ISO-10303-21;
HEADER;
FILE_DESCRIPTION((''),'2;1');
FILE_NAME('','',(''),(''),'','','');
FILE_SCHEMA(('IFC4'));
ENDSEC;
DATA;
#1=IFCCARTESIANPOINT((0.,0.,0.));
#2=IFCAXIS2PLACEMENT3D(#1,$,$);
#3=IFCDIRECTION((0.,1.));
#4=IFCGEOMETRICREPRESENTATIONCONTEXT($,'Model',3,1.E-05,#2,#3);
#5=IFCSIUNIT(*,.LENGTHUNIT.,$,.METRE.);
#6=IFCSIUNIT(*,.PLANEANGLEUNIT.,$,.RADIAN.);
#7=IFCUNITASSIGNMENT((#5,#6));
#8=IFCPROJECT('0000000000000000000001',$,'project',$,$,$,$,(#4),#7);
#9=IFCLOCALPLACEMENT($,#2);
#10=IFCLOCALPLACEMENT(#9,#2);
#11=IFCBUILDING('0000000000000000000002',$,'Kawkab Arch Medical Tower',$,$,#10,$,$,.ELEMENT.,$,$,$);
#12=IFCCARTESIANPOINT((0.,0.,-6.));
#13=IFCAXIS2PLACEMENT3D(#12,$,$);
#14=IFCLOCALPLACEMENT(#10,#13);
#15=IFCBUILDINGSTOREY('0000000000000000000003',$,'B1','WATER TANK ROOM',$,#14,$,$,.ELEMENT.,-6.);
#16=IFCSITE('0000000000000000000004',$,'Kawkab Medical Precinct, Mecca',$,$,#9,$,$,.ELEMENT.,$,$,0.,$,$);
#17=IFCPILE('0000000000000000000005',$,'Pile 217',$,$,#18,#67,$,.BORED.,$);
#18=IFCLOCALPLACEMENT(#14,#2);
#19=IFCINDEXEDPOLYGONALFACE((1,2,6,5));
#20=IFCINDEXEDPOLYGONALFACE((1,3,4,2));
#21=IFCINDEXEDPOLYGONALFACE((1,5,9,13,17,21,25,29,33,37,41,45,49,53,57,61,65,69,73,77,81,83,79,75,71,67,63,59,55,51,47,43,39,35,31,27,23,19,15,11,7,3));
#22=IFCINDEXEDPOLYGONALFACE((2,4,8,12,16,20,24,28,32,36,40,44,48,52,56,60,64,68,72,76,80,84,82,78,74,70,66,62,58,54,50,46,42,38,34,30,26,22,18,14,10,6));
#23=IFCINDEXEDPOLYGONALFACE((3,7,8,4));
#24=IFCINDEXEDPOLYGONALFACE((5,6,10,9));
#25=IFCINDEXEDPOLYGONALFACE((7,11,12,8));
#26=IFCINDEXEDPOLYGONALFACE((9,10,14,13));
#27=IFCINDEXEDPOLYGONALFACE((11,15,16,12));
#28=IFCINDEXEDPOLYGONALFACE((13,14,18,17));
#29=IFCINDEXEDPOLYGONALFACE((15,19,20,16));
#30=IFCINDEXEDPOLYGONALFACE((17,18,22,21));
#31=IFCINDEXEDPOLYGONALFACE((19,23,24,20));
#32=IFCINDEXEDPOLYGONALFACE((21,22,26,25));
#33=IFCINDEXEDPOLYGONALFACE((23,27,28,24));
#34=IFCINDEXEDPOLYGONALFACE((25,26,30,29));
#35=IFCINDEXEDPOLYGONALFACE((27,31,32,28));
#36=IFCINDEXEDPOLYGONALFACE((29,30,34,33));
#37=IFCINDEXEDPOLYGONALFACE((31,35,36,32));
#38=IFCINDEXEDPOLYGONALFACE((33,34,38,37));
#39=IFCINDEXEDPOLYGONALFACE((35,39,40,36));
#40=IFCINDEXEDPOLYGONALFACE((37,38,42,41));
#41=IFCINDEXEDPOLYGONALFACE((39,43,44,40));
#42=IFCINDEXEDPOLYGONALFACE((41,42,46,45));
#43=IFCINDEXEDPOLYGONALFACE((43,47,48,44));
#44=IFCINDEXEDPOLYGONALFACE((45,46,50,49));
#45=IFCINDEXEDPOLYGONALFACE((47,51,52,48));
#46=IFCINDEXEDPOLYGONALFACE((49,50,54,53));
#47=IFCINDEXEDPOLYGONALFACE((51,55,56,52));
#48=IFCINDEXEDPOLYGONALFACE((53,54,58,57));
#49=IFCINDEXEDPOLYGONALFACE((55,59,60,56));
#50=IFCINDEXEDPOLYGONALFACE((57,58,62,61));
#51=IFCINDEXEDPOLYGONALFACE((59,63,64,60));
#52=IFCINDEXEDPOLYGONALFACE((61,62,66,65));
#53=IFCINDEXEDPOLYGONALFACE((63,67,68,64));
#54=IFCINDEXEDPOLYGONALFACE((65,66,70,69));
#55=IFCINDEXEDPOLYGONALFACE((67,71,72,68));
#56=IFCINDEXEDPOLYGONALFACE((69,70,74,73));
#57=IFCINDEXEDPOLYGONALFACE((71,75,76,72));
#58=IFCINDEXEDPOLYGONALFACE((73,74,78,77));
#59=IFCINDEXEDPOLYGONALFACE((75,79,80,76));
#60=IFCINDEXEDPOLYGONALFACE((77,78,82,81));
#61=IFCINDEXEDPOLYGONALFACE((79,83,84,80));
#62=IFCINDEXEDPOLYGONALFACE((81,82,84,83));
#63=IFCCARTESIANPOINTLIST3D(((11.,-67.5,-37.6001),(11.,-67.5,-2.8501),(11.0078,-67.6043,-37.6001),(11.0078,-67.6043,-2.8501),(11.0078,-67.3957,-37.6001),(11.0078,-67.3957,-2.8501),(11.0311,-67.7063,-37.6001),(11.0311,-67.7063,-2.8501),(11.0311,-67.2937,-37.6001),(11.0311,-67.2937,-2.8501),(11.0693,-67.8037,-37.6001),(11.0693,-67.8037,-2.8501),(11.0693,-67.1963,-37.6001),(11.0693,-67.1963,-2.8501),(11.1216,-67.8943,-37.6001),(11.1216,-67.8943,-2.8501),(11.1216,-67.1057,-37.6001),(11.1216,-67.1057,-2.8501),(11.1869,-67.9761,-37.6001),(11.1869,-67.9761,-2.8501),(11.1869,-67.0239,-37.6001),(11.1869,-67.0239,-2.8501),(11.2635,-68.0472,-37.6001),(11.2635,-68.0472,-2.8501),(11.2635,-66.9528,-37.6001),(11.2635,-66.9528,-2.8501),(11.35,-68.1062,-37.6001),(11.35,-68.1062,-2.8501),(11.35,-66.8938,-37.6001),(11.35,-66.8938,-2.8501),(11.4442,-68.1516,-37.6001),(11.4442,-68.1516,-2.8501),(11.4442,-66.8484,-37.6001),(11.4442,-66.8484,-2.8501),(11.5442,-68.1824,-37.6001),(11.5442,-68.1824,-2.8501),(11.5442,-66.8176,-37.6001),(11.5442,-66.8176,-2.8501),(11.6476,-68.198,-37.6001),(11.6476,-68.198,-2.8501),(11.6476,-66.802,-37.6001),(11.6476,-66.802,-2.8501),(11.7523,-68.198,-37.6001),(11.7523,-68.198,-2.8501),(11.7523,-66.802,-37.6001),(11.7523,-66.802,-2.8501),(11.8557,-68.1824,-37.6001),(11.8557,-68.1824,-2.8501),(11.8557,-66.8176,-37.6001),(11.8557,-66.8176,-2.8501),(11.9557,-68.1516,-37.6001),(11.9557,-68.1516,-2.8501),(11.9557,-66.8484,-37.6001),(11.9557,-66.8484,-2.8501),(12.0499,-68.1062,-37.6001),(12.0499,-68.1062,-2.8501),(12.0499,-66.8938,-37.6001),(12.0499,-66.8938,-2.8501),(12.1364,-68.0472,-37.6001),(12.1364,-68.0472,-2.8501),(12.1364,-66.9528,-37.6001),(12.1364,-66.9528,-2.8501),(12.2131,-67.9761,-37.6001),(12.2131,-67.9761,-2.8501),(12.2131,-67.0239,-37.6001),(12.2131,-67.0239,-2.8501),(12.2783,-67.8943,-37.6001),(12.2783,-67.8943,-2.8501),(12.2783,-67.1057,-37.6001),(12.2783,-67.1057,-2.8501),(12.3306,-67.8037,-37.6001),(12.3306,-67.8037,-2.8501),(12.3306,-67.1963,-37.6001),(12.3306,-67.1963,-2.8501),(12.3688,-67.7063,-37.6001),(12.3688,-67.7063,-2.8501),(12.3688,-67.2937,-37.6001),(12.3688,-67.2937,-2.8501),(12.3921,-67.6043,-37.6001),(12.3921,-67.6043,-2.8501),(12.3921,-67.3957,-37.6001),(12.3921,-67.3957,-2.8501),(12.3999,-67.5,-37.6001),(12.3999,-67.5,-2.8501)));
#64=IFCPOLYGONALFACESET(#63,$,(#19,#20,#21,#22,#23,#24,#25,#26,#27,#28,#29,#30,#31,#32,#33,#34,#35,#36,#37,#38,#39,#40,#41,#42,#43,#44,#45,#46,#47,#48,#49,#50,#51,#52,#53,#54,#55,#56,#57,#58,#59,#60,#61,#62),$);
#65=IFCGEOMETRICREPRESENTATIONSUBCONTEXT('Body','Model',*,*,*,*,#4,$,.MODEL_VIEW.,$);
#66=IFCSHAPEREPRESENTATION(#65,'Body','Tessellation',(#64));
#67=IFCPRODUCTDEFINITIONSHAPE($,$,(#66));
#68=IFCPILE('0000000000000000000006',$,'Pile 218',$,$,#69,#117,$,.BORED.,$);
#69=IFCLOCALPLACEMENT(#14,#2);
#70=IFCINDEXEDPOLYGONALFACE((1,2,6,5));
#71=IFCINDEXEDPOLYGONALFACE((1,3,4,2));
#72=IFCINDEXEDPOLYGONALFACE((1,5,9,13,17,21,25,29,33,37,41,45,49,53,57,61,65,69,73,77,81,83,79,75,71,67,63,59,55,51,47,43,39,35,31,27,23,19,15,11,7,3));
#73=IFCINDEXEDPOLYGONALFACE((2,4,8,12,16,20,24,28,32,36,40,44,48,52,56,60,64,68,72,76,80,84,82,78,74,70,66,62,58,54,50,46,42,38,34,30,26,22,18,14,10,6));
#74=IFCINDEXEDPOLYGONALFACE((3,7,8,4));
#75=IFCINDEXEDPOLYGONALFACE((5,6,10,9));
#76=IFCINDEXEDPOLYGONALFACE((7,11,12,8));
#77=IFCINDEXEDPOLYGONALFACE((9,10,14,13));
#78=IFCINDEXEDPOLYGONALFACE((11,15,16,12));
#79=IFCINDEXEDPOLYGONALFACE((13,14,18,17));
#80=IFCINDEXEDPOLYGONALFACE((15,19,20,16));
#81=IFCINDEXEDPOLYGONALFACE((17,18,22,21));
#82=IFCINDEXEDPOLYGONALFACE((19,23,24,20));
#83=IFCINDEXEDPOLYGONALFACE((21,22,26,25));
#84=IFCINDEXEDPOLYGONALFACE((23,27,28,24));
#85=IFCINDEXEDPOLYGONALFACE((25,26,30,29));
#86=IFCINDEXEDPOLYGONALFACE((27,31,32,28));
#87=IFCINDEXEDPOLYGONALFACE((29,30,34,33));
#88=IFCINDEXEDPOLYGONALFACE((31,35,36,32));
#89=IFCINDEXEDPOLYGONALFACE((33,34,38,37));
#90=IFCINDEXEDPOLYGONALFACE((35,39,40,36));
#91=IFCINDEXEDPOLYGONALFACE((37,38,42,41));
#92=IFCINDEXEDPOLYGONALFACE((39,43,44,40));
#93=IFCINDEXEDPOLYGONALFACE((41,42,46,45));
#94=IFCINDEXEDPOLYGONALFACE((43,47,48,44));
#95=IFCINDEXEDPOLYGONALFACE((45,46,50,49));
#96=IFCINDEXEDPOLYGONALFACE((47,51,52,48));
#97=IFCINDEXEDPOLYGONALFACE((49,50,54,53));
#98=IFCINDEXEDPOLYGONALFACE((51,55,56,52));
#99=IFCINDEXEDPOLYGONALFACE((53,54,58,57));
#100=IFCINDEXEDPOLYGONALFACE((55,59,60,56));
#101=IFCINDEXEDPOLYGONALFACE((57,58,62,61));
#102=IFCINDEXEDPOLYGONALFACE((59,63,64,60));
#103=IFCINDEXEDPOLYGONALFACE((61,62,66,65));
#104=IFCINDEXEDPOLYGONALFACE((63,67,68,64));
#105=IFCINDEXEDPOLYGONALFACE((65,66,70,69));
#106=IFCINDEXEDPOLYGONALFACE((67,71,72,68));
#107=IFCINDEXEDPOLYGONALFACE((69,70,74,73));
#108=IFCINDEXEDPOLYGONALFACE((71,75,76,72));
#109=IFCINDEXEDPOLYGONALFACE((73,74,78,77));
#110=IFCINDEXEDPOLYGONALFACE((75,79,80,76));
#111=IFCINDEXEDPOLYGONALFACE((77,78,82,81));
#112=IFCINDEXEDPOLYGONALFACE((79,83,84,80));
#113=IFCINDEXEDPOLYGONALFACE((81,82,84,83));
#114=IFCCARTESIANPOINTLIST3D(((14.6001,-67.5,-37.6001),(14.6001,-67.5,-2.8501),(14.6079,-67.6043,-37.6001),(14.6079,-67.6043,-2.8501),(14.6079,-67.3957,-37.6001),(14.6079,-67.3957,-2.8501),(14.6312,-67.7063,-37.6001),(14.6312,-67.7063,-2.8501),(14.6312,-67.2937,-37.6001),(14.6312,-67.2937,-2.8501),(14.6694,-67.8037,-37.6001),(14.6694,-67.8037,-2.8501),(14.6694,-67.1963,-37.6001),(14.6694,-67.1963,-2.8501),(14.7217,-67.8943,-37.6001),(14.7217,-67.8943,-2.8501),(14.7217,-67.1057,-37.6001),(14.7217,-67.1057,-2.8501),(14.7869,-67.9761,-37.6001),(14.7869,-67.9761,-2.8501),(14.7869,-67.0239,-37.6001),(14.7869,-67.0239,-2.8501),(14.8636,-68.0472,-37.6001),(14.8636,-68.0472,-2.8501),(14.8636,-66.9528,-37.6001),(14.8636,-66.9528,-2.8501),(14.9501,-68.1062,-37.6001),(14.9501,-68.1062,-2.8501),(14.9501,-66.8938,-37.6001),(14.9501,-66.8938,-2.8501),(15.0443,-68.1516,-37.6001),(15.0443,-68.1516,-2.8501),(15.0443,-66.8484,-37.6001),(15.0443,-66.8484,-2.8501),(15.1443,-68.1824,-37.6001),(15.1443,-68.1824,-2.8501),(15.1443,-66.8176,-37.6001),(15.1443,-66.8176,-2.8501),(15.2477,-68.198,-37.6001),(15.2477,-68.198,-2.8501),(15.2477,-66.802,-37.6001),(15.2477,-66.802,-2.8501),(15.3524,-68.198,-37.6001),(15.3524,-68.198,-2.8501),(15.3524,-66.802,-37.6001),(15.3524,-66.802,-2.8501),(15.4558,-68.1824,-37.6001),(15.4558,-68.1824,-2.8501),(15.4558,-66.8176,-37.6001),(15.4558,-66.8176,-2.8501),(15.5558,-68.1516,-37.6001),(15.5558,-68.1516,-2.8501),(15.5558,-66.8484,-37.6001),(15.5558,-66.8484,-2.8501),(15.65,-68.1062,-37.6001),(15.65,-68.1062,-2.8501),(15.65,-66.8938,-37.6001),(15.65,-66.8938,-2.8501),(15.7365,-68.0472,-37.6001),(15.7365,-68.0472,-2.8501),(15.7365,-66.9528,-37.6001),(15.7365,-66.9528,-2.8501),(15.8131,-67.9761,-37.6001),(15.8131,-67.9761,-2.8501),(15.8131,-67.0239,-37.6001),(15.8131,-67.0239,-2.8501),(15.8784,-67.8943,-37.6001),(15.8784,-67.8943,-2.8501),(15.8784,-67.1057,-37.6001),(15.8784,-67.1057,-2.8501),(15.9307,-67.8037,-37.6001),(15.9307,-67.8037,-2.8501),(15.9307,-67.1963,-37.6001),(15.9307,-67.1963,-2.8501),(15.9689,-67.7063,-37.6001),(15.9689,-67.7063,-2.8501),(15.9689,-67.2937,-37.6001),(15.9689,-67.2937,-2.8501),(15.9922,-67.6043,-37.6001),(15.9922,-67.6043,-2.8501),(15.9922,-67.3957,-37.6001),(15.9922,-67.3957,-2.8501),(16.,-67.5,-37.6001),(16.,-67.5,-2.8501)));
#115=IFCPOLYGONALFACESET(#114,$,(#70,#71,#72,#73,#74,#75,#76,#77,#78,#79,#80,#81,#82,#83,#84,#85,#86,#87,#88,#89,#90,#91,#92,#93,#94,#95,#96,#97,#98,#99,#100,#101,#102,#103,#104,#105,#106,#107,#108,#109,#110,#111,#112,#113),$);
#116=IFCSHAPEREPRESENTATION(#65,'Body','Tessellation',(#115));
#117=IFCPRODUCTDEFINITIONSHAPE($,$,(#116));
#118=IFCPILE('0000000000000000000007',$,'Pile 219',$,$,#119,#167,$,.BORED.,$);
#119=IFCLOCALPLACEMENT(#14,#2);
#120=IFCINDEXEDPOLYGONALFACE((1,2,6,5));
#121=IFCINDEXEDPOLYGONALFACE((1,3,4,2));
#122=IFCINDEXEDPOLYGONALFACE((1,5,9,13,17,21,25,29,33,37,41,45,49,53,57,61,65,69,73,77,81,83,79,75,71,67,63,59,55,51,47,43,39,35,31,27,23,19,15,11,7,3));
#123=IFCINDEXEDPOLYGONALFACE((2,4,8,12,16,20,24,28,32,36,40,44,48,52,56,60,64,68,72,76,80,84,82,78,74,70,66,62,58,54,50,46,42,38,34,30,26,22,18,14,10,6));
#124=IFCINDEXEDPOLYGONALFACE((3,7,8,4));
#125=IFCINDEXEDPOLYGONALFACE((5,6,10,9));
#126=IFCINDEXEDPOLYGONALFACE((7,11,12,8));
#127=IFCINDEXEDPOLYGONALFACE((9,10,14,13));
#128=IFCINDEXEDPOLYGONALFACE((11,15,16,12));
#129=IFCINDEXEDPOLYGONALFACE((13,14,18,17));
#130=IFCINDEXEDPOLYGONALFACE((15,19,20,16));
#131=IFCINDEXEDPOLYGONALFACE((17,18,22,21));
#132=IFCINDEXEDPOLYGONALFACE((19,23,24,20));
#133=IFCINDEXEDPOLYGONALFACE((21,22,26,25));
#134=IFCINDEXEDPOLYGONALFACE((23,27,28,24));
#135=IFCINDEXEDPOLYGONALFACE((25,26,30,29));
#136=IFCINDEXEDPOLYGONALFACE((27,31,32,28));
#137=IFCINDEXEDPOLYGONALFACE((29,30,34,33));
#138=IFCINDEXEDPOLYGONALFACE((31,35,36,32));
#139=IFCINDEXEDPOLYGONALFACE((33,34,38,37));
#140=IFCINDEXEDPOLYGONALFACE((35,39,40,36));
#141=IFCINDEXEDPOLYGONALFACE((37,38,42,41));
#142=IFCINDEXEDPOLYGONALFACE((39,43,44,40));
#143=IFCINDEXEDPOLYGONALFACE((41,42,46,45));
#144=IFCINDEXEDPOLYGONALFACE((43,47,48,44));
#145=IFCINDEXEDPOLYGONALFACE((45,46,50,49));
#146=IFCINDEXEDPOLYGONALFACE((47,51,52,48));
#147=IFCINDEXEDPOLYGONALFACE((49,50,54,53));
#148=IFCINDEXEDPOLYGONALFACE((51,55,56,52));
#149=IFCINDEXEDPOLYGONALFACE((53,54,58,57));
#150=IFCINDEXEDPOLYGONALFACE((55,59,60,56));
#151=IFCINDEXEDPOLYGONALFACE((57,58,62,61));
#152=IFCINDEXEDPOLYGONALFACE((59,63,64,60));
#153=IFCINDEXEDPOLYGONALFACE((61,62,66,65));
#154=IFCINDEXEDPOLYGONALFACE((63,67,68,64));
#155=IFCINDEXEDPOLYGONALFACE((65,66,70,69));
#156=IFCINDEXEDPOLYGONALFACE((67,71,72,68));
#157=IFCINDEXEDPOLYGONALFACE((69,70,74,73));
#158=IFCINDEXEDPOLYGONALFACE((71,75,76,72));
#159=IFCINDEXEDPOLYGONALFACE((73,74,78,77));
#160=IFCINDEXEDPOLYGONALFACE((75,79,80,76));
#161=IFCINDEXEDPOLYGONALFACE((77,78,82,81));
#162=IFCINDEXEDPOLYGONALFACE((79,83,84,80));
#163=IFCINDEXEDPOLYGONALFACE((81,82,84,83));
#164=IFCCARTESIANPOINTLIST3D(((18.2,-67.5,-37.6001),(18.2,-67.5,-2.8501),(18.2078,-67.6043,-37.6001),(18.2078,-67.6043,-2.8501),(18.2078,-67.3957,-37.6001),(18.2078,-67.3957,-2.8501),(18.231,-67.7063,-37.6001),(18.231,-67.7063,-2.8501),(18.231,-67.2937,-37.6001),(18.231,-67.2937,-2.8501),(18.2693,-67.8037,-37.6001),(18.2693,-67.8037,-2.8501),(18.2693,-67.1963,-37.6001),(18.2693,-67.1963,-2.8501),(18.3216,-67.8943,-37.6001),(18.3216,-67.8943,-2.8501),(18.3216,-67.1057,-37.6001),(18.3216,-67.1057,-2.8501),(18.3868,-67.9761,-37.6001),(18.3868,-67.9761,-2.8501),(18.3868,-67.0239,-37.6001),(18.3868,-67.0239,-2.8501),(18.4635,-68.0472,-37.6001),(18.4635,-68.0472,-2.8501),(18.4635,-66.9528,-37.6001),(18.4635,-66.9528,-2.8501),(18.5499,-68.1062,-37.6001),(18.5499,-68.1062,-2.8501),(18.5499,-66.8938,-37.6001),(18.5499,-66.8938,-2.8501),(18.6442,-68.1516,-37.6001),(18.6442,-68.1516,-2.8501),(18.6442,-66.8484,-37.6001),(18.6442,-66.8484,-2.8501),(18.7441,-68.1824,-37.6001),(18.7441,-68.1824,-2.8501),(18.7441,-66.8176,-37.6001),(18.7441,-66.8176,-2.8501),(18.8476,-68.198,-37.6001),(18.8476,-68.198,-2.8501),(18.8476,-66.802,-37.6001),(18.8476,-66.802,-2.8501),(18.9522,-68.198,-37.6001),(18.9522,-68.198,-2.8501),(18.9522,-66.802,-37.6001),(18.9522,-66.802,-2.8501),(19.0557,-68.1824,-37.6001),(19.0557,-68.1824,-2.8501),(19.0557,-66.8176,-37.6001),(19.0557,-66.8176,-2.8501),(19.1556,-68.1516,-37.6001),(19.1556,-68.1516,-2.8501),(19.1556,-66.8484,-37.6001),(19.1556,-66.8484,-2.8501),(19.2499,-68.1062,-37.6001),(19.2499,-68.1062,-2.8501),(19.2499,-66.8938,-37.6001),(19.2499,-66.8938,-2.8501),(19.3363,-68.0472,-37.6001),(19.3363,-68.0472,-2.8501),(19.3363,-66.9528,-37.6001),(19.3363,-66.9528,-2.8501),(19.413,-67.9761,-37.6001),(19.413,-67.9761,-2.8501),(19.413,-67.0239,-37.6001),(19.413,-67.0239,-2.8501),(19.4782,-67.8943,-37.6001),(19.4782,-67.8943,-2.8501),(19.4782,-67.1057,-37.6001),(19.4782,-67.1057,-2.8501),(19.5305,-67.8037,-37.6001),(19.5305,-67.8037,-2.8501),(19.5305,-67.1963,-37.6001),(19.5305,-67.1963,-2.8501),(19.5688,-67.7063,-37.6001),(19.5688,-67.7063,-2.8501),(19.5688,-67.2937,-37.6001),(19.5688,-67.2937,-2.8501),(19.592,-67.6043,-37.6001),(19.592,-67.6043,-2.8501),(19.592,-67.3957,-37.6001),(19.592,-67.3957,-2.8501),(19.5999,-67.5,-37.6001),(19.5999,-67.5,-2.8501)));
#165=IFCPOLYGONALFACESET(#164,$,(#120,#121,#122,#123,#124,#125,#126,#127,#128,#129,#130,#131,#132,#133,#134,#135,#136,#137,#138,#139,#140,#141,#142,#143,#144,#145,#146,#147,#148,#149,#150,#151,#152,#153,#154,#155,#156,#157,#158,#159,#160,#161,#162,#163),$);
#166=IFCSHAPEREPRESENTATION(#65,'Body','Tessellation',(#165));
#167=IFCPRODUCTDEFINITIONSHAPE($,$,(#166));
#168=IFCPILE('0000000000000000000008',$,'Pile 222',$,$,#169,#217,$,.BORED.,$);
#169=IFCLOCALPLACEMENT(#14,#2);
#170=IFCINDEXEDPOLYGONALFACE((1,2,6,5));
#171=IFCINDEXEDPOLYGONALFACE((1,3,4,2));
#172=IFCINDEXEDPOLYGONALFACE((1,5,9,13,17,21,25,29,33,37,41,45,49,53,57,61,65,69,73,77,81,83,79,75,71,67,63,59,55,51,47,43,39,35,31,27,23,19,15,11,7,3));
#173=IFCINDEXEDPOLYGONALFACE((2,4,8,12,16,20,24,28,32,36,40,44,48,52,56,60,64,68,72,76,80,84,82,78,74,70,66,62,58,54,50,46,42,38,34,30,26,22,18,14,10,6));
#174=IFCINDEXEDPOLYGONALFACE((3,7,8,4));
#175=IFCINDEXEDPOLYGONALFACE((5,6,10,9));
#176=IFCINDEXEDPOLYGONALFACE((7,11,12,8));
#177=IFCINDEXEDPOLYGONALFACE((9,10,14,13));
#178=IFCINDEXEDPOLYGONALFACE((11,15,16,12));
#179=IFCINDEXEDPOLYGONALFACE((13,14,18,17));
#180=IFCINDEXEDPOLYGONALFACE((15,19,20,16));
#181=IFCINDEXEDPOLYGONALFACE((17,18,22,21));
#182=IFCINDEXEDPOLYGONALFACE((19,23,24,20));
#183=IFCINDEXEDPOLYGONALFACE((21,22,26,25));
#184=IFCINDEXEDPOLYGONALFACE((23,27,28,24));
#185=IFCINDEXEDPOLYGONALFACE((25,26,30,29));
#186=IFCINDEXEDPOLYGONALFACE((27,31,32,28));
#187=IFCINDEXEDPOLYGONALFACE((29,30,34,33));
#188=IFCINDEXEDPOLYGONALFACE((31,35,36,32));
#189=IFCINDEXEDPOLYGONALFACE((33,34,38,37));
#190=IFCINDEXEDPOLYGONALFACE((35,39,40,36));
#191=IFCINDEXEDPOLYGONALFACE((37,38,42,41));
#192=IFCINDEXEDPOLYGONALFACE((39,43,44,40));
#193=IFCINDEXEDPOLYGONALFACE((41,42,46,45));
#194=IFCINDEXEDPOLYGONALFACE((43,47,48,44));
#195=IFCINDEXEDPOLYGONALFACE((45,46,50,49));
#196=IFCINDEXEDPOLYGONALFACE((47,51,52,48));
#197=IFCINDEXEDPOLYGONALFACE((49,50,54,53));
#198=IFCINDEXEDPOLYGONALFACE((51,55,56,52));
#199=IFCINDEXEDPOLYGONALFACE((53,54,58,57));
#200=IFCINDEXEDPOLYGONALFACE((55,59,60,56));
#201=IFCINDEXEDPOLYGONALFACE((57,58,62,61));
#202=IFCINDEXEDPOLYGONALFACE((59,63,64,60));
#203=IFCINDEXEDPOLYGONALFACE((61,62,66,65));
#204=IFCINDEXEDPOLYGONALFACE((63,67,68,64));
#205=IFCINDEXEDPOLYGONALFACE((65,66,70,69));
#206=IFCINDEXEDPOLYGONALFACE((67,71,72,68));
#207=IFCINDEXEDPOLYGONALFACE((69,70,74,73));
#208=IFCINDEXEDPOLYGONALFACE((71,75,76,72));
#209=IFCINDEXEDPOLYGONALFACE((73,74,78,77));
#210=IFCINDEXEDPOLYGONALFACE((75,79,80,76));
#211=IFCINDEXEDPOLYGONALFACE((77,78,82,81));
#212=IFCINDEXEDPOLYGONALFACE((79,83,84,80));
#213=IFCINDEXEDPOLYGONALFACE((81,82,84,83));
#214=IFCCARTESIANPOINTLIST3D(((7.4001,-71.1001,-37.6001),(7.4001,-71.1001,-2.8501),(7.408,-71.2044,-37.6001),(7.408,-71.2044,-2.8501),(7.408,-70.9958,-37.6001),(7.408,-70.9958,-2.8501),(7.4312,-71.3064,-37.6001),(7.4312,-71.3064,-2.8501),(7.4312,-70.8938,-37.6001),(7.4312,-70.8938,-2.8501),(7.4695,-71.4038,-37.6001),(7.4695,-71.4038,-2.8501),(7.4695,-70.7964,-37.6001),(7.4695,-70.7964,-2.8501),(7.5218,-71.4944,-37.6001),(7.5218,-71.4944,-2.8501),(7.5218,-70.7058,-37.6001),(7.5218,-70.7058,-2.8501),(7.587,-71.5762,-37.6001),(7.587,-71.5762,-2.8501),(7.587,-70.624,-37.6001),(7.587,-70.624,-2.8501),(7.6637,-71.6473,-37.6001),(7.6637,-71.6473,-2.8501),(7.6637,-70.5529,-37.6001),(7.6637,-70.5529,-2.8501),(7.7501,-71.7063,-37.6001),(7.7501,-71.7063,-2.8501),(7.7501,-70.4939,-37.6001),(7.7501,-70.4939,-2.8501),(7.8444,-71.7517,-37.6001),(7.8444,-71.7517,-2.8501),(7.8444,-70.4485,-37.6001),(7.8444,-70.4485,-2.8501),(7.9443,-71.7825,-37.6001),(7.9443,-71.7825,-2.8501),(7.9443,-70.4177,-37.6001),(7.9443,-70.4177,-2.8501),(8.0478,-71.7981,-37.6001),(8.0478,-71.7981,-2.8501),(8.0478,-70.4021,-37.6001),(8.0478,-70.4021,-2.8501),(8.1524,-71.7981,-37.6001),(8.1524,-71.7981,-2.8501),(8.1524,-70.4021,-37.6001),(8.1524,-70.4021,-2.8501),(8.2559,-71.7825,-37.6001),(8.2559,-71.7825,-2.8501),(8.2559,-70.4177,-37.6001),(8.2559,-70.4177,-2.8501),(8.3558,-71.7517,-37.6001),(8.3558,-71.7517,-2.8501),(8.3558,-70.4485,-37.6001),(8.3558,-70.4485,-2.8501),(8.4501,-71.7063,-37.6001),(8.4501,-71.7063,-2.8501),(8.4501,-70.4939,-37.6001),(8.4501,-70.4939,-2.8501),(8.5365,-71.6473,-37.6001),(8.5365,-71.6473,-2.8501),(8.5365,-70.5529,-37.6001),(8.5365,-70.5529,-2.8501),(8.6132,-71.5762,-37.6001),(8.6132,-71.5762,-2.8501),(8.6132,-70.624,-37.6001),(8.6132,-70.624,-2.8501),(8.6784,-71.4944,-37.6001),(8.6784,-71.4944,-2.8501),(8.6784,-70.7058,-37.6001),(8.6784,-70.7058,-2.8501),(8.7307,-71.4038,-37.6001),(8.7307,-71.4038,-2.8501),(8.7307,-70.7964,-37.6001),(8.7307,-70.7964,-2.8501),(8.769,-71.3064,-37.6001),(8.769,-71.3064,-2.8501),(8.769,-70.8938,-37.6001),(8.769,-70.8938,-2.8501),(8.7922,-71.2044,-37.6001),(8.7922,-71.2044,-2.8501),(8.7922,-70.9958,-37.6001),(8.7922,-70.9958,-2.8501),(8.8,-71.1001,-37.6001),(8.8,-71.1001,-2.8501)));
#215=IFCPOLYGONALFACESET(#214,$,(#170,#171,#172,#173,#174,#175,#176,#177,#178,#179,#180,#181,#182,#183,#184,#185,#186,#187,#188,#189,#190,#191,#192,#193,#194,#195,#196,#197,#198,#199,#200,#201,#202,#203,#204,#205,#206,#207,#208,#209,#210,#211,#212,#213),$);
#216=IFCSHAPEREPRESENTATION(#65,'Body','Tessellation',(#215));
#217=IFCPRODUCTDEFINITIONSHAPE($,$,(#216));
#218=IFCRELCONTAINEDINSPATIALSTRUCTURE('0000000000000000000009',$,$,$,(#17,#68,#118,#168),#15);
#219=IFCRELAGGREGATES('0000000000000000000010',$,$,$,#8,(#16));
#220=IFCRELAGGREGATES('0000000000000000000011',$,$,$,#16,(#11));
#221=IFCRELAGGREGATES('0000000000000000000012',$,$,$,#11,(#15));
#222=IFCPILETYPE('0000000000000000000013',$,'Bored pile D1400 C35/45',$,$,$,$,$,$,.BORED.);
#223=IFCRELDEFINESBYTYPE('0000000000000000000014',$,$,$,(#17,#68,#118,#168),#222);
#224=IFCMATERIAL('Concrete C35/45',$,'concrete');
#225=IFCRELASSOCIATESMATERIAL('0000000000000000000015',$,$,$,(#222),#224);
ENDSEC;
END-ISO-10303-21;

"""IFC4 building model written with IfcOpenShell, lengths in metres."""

from ifc_helpers import new_model, si_unit, direction, frame, origin, origin_2d, place, context, subcontext, project, spatial, circle, extrude, material, material_profile, profile_set, type_object, element, save


model = new_model("IFC4")

# Units and contexts
model_context = context("Model", 3, precision=1e-05, world=origin(), true_north=direction((0.0, 1.0)))
body_context = subcontext(model_context, "Body", "Model", "MODEL_VIEW")
ifc_project = project(units=[si_unit("LENGTHUNIT", "METRE"), si_unit("PLANEANGLEUNIT", "RADIAN")], contexts=[model_context])

# Site, building, storey
site_placement = place(None, origin())
site = spatial("IfcSite", under=ifc_project, at=site_placement, Name="Kawkab Medical Precinct, Mecca", CompositionType="ELEMENT", RefElevation=0.0)
building_placement = place(site_placement, origin())
building = spatial("IfcBuilding", under=site, at=building_placement, Name="Kawkab Arch Medical Tower", CompositionType="ELEMENT")
storey_placement = place(building_placement, frame((0.0, 0.0, -6.0)))
storey = spatial("IfcBuildingStorey", under=building, at=storey_placement, Name="B1", Description="WATER TANK ROOM", CompositionType="ELEMENT", Elevation=-6.0)

# Piles
ifc_material_1 = material(Name="Concrete C35/45", Category="concrete")
ifc_material_profile_1 = material_profile(ifc_material_1, circle(Radius=0.7, at=origin_2d()), Name="Bored pile D1400")
ifc_profile_set_1 = profile_set([ifc_material_profile_1], Name="Concrete C35/45")
pile_type = type_object("IfcPileType", Name="Bored pile D1400 C35/45", PredefinedType="BORED", material=ifc_profile_set_1)
for number, where, z_axis, x_axis, name in (
    (1, (11.7, -67.5, -2.8501), (0.0, 0.0, -1.0), (1.0, 0.0, 0.0), "Pile 217"),
    (2, (15.3, -67.5, -2.8501), (0.0, 0.0, -1.0), (1.0, 0.0, 0.0), "Pile 218"),
    (3, (18.8999, -67.5, -2.8501), (0.0, 0.0, -1.0), (1.0, 0.0, 0.0), "Pile 219"),
    (4, (8.1001, -71.1001, -2.8501), (0.0, 0.0, -1.0), (1.0, 0.0, 0.0), "Pile 222"),
):
    element("IfcPile", number, at=place(storey_placement, frame(where, z_axis=z_axis, x_axis=x_axis)), inside=storey, type_object=pile_type, Name=name, PredefinedType="BORED", context=body_context, shape_type="SweptSolid", body=[
        extrude(circle(Radius=0.7, at=origin_2d()), origin(), (0.0, 0.0, 1.0), 34.75),
    ])

save(model, "model.ifc")
